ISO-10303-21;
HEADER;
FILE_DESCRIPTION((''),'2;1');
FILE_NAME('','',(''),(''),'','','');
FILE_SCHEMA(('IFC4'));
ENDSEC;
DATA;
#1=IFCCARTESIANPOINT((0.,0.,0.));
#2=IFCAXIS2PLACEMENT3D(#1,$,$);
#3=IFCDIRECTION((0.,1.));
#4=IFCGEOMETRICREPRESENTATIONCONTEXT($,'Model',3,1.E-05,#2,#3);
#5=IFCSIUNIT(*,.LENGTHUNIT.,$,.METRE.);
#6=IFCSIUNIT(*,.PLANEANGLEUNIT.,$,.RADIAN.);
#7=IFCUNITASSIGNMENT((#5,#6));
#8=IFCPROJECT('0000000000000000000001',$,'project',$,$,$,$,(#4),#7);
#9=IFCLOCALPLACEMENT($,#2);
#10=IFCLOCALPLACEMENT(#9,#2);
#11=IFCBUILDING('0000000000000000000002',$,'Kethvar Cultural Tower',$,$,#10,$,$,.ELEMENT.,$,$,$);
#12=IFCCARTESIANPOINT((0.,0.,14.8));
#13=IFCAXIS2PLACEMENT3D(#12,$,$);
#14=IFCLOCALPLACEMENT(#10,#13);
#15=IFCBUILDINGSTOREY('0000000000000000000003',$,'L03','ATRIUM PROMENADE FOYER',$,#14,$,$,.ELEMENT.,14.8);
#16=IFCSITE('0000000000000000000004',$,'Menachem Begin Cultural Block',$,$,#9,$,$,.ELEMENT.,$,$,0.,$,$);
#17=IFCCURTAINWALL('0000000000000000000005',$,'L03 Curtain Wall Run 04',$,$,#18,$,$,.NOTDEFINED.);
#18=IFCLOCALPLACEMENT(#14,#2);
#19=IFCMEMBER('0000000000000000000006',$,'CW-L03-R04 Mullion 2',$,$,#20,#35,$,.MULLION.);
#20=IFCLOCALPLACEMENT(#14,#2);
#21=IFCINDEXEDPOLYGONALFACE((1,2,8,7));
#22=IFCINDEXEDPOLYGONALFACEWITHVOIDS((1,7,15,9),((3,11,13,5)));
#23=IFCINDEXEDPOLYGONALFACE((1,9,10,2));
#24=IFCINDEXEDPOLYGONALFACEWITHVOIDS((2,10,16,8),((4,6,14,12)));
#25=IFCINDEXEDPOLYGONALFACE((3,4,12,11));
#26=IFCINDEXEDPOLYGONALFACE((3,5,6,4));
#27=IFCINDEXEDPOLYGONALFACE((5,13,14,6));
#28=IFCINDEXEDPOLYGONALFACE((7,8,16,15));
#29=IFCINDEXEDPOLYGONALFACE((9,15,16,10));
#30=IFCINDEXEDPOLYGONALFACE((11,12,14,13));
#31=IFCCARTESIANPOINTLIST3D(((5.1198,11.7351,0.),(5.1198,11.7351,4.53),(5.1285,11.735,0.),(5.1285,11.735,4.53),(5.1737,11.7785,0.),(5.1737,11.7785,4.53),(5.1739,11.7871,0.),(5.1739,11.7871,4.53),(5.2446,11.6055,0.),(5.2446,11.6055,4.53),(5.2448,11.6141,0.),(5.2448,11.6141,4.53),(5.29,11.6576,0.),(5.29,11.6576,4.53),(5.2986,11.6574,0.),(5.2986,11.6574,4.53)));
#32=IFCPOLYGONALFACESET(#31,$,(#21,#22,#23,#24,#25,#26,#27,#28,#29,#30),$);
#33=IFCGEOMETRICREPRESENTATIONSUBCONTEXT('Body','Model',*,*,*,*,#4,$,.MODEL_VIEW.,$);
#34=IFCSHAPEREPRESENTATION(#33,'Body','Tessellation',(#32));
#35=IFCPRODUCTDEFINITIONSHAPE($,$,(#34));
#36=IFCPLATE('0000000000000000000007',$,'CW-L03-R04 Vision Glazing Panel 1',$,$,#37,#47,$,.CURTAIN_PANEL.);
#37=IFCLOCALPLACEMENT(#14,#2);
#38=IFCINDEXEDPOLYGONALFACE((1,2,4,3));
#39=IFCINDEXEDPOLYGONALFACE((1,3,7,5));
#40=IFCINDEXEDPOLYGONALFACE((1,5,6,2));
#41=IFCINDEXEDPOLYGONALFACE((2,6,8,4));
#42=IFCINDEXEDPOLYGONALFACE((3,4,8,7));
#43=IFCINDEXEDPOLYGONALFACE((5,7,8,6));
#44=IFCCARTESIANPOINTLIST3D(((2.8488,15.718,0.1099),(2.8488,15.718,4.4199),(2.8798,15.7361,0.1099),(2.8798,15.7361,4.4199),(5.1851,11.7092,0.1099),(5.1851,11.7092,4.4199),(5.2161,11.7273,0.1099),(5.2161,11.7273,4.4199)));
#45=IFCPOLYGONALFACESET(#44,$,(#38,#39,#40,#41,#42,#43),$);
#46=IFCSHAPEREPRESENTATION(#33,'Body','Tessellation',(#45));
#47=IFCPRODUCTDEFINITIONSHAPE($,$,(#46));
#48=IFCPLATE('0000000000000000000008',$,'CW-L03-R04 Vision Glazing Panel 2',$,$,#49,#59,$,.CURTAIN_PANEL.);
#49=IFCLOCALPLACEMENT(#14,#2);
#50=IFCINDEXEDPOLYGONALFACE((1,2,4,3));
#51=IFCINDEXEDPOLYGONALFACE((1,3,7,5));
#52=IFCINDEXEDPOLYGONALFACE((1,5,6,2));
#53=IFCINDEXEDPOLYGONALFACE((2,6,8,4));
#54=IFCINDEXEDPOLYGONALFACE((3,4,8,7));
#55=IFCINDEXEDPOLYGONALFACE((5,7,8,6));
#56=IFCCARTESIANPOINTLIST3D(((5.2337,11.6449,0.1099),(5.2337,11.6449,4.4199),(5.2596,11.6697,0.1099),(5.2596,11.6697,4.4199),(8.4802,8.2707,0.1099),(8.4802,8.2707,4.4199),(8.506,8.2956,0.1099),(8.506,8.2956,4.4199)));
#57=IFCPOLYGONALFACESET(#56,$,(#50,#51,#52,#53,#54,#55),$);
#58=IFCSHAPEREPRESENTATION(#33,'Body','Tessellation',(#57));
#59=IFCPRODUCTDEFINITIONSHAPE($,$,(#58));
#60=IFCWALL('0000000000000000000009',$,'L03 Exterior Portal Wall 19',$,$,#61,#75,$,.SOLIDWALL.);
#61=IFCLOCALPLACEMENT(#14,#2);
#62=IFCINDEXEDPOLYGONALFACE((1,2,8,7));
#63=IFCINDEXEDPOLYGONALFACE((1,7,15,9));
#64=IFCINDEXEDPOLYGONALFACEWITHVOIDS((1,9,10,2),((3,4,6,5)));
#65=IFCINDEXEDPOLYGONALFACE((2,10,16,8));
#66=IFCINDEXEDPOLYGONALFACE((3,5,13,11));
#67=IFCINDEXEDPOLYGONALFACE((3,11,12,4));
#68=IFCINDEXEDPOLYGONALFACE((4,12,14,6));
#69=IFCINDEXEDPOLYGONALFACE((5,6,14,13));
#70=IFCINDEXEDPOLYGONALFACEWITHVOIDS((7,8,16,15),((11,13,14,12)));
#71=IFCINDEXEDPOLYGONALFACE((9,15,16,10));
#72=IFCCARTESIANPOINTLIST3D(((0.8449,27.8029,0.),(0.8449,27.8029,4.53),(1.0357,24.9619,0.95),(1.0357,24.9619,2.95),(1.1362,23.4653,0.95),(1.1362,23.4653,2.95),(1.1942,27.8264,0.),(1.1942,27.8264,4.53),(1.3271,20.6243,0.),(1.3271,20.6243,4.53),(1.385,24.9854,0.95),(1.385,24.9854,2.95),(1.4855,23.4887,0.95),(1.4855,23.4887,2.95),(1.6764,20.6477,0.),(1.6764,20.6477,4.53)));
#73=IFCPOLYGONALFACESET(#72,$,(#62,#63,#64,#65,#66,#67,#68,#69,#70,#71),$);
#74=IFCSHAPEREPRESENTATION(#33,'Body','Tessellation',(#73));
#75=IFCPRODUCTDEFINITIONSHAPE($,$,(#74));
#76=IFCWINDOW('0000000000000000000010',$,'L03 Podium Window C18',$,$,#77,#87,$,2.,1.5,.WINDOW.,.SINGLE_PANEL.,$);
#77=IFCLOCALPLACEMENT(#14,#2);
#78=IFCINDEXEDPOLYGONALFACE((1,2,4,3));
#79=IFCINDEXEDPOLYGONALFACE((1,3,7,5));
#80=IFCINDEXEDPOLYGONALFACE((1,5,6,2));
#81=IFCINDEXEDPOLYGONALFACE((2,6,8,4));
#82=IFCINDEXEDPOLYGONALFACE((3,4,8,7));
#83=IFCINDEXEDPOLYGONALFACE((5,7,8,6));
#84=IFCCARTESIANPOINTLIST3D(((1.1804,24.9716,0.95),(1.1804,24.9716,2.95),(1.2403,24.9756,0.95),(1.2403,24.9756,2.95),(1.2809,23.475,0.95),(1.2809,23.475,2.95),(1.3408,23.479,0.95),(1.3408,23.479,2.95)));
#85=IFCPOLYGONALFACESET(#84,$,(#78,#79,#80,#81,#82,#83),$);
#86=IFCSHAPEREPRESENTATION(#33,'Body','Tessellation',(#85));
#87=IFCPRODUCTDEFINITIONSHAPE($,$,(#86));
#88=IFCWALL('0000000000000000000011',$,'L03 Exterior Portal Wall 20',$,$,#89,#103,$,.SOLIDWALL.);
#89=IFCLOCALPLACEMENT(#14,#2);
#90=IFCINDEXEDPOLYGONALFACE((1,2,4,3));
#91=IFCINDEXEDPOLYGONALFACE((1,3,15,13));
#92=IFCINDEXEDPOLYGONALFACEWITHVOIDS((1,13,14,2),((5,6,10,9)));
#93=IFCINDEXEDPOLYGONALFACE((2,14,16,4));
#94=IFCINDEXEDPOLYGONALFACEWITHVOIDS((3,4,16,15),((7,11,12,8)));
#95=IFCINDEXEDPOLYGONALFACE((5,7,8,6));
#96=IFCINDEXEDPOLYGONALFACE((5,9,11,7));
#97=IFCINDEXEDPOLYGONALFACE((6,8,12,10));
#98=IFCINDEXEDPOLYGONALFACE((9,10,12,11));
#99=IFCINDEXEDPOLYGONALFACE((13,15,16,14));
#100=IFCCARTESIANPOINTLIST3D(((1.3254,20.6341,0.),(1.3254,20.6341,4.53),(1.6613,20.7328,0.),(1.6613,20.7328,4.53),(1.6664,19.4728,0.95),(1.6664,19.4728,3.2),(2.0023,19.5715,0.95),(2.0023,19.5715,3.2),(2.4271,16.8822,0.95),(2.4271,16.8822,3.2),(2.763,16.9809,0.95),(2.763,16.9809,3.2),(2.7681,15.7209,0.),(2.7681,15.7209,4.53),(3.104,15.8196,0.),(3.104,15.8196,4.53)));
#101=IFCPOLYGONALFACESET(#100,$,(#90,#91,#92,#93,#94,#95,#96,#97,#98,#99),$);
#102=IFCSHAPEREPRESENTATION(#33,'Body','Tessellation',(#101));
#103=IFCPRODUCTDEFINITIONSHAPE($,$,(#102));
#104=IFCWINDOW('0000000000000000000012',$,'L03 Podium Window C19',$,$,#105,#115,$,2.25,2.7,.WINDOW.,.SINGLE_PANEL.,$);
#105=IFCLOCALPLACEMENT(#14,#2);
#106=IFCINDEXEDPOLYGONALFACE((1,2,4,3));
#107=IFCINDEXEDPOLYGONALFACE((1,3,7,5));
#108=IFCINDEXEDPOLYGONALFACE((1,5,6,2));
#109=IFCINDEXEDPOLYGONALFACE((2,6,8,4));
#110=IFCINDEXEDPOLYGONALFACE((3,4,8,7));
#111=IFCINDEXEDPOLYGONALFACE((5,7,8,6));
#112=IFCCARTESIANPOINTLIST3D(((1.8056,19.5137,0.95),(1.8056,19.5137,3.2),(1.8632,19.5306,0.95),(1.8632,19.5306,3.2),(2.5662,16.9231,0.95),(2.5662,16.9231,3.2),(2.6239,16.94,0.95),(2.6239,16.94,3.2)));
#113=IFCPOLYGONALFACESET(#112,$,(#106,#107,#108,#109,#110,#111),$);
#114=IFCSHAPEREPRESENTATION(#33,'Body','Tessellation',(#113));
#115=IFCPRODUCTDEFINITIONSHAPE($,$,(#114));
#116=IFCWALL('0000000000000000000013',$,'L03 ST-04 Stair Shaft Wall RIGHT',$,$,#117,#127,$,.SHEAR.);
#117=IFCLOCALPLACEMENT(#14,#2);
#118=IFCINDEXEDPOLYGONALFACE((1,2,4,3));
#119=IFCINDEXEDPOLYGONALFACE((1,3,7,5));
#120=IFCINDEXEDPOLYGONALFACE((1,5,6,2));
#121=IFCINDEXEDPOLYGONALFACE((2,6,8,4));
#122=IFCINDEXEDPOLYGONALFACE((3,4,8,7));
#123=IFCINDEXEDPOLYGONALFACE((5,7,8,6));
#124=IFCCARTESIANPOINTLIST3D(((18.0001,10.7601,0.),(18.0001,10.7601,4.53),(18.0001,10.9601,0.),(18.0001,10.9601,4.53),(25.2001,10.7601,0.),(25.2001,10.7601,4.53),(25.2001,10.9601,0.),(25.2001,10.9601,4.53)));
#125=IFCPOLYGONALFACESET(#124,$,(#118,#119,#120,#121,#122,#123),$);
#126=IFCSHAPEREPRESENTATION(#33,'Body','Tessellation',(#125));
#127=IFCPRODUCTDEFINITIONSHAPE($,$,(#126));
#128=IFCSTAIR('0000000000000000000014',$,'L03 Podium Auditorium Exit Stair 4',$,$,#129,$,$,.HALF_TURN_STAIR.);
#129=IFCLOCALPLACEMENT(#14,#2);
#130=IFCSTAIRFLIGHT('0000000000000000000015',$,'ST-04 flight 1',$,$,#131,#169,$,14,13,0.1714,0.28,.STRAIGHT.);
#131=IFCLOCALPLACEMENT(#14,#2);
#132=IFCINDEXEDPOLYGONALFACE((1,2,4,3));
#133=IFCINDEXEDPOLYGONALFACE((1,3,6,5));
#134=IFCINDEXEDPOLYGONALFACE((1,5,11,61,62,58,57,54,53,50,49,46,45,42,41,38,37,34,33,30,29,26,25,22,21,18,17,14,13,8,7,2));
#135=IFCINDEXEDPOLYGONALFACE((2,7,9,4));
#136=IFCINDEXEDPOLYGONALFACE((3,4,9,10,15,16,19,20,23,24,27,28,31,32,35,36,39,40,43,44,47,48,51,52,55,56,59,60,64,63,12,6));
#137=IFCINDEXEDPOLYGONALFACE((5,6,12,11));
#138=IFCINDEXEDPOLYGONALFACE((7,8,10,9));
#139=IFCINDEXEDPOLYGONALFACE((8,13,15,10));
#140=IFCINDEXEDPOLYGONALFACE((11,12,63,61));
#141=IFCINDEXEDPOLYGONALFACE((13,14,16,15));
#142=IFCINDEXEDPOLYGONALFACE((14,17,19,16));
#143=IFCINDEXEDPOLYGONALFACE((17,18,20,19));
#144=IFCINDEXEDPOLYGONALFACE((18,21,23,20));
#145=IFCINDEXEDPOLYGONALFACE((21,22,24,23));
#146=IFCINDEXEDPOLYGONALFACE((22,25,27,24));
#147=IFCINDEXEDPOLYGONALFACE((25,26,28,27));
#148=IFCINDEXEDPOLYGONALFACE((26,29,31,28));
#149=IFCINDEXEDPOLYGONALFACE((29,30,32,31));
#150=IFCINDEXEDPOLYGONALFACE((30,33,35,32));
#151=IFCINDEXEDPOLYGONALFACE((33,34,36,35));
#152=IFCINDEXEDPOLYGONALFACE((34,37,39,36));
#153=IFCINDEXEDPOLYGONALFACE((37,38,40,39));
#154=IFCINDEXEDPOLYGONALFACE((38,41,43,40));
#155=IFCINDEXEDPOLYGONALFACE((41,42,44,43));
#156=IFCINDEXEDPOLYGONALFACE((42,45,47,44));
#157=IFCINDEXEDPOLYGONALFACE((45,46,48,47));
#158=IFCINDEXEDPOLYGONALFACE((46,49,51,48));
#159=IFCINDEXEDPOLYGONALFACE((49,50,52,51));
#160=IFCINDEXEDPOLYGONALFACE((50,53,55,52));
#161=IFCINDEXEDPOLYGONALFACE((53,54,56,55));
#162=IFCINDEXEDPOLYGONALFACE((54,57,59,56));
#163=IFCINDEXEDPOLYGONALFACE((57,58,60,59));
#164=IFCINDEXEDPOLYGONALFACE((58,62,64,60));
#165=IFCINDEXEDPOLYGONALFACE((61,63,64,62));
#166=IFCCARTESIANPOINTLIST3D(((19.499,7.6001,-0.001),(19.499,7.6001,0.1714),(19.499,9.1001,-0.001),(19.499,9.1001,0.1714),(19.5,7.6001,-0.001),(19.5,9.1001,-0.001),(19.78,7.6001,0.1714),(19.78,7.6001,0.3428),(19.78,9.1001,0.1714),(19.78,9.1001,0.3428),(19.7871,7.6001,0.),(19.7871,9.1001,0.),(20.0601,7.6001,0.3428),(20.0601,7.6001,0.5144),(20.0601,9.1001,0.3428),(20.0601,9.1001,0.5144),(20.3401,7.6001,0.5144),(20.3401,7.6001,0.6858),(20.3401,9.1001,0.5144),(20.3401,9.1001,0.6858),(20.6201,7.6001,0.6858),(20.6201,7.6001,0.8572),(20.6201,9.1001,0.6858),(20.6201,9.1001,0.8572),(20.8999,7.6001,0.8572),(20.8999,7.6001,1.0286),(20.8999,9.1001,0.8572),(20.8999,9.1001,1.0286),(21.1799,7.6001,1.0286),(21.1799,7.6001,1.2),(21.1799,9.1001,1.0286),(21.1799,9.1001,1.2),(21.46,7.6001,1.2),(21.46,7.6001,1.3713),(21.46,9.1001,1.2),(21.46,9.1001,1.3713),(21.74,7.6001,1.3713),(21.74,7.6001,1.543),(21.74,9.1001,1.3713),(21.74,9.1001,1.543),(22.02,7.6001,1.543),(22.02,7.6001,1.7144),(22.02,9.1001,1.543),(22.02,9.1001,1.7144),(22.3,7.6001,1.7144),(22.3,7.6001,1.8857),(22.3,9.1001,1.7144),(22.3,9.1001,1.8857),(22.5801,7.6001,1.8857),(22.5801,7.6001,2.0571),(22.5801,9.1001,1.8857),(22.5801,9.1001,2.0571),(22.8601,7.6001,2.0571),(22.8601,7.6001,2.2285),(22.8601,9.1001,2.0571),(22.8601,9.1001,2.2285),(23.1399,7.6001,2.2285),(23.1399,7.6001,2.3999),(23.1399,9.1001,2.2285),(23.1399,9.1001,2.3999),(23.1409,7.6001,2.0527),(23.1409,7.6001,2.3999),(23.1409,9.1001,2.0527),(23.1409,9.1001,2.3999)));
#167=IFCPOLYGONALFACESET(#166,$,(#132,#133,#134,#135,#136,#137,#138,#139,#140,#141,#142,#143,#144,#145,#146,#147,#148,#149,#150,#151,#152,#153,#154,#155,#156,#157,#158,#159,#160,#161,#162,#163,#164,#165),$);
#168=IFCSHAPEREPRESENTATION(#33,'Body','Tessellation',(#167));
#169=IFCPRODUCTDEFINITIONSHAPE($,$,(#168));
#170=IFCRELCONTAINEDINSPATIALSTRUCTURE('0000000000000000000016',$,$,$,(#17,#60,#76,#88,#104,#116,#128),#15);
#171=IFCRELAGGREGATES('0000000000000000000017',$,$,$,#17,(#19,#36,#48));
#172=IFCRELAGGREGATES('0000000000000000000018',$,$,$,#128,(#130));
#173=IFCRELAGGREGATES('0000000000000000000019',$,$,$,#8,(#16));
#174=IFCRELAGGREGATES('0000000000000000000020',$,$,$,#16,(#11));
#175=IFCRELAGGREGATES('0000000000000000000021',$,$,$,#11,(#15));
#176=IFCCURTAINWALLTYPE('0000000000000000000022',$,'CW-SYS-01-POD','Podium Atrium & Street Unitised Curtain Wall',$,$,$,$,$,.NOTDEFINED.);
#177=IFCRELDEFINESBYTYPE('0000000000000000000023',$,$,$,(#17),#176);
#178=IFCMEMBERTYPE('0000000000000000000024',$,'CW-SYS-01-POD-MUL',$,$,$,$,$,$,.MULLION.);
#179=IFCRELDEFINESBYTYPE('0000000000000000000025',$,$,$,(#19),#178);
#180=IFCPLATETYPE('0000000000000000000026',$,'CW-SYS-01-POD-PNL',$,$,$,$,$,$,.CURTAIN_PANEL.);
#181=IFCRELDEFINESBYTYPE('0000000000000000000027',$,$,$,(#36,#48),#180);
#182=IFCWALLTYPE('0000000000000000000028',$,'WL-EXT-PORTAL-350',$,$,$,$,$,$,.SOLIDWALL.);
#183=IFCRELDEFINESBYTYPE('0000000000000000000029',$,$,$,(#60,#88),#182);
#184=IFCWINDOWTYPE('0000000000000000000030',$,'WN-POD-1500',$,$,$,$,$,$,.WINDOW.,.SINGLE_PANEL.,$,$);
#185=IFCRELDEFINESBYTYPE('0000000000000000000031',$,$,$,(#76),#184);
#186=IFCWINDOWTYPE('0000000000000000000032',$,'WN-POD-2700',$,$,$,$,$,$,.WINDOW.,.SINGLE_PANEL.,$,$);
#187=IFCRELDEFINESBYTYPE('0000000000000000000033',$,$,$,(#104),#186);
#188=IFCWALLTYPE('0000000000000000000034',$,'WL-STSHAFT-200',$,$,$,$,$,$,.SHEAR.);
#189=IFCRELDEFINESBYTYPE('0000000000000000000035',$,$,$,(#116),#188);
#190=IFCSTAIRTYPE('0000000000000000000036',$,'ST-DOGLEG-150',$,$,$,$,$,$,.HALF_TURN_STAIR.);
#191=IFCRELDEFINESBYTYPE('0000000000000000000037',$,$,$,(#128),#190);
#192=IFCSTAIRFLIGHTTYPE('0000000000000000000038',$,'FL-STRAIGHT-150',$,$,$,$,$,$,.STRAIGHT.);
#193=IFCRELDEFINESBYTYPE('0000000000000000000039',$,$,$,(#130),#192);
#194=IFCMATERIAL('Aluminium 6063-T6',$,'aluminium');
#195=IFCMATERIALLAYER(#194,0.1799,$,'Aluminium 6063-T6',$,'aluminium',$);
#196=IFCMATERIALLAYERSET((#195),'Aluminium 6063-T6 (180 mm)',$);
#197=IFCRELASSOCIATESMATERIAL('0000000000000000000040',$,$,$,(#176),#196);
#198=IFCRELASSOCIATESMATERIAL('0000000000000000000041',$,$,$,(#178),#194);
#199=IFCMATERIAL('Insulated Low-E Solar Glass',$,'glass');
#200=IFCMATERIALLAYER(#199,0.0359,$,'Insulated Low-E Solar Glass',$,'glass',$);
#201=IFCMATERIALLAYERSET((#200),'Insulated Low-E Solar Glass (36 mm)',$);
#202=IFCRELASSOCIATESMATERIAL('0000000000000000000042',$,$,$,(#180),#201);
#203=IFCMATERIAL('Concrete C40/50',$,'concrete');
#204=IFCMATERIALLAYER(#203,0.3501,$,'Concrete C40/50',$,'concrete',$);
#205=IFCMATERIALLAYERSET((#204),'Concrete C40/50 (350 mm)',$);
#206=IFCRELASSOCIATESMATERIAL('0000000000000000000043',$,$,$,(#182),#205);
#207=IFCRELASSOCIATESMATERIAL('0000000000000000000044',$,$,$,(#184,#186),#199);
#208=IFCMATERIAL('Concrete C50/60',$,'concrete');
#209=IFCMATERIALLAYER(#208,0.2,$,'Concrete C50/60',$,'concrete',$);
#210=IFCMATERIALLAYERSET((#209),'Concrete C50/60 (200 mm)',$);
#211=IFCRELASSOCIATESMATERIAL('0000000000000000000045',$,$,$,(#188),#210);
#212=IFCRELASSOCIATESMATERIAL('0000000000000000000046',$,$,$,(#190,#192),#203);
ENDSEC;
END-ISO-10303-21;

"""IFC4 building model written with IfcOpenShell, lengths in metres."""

from ifc_helpers import new_model, si_unit, direction, frame, frame_2d, origin, origin_2d, place, context, subcontext, project, spatial, polyline, rectangle, hollow_rectangle, outline, extrude, source, transform, mapped, material, layer, layer_set, material_profile, profile_set, type_object, element, fill, aggregate, save


model = new_model("IFC4")

# Units and contexts
model_context = context("Model", 3, precision=1e-05, world=origin(), true_north=direction((0.0, 1.0)))
body_context = subcontext(model_context, "Body", "Model", "MODEL_VIEW")
ifc_project = project(units=[si_unit("LENGTHUNIT", "METRE"), si_unit("PLANEANGLEUNIT", "RADIAN")], contexts=[model_context])

# Site, building, storey
site_placement = place(None, origin())
site = spatial("IfcSite", under=ifc_project, at=site_placement, Name="Menachem Begin Cultural Block", CompositionType="ELEMENT", RefElevation=0.0)
building_placement = place(site_placement, origin())
building = spatial("IfcBuilding", under=site, at=building_placement, Name="Kethvar Cultural Tower", CompositionType="ELEMENT")
storey_placement = place(building_placement, frame((0.0, 0.0, 14.8)))
storey = spatial("IfcBuildingStorey", under=building, at=storey_placement, Name="L03", Description="ATRIUM PROMENADE FOYER", CompositionType="ELEMENT", Elevation=14.8)

# Curtain wall, member, plates
ifc_material_1 = material(Name="Aluminium 6063-T6", Category="aluminium")
ifc_layer_1 = layer(ifc_material_1, 0.1799, Name="Aluminium 6063-T6", Category="aluminium")
ifc_layer_set_1 = layer_set([ifc_layer_1], Name="Aluminium 6063-T6 (180 mm)")
curtain_wall_type = type_object("IfcCurtainWallType", Name="CW-SYS-01-POD", Description="Podium Atrium & Street Unitised Curtain Wall", PredefinedType="NOTDEFINED", material=ifc_layer_set_1)
curtain_wall_placement = place(storey_placement, origin())
curtain_wall = element("IfcCurtainWall", 1, at=curtain_wall_placement, inside=storey, type_object=curtain_wall_type, Name="L03 Curtain Wall Run 04", PredefinedType="NOTDEFINED")
ifc_material_profile_1 = material_profile(ifc_material_1, hollow_rectangle(XDim=0.075, YDim=0.1799, WallThickness=0.0061, at=origin_2d()), Name="Aluminium 6063-T6 — RHS180x75x6")
ifc_profile_set_1 = profile_set([ifc_material_profile_1], Name="Aluminium 6063-T6 — RHS180x75x6")
member_type_1 = type_object("IfcMemberType", Name="CW-SYS-01-POD-MUL", PredefinedType="MULLION", material=ifc_profile_set_1)
shared_shape_1 = source(origin(), body_context, "Body", "SweptSolid", [
    extrude(hollow_rectangle(XDim=0.075, YDim=0.1799, WallThickness=0.0061, at=origin_2d()), origin(), (0.0, 0.0, 1.0), 4.53),
])
member_1_placement = place(storey_placement, frame((5.2092, 11.6963, 0.0), z_axis=(0.0, 0.0, 1.0), x_axis=(0.720612, 0.693339, 0.0)))
member_1 = element("IfcMember", 2, at=member_1_placement, type_object=member_type_1, Name="CW-L03-R04 Mullion 2", PredefinedType="MULLION", context=body_context, shape_type="MappedRepresentation", body=[
    mapped(shared_shape_1, transform((0.0, 0.0, 0.0), scale=1.0)),
])
ifc_material_2 = material(Name="Insulated Low-E Solar Glass", Category="glass")
ifc_layer_2 = layer(ifc_material_2, 0.0359, Name="Insulated Low-E Solar Glass", Category="glass")
ifc_layer_set_2 = layer_set([ifc_layer_2], Name="Insulated Low-E Solar Glass (36 mm)")
plate_type = type_object("IfcPlateType", Name="CW-SYS-01-POD-PNL", PredefinedType="CURTAIN_PANEL", material=ifc_layer_set_2)
shared_shape_2 = source(origin(), body_context, "Body", "SweptSolid", [
    extrude(rectangle(XDim=4.6399, YDim=0.0359, at=origin_2d()), origin(), (0.0, 0.0, 1.0), 4.3101),
])
plate_1_placement = place(storey_placement, frame((4.0325, 13.7227, 0.1099), z_axis=(0.0, 0.0, 1.0), x_axis=(0.503518, -0.863985, 0.0)))
plate_1 = element("IfcPlate", 3, at=plate_1_placement, type_object=plate_type, Name="CW-L03-R04 Vision Glazing Panel 1", PredefinedType="CURTAIN_PANEL", context=body_context, shape_type="MappedRepresentation", body=[
    mapped(shared_shape_2, transform((0.0, 0.0, 0.0), scale=1.0)),
])
shared_shape_3 = source(origin(), body_context, "Body", "SweptSolid", [
    extrude(rectangle(XDim=4.6824, YDim=0.0359, at=origin_2d()), origin(), (0.0, 0.0, 1.0), 4.3101),
])
plate_2_placement = place(storey_placement, frame((6.8699, 9.9702, 0.1099), z_axis=(0.0, 0.0, 1.0), x_axis=(0.693339, -0.720612, 0.0)))
plate_2 = element("IfcPlate", 4, at=plate_2_placement, type_object=plate_type, Name="CW-L03-R04 Vision Glazing Panel 2", PredefinedType="CURTAIN_PANEL", context=body_context, shape_type="MappedRepresentation", body=[
    mapped(shared_shape_3, transform((0.0, 0.0, 0.0), scale=1.0)),
])
aggregate(curtain_wall, [member_1, plate_1, plate_2])

# Walls, openings, windows
ifc_material_3 = material(Name="Concrete C40/50", Category="concrete")
ifc_layer_3 = layer(ifc_material_3, 0.3501, Name="Concrete C40/50", Category="concrete")
ifc_layer_set_3 = layer_set([ifc_layer_3], Name="Concrete C40/50 (350 mm)")
wall_type_1 = type_object("IfcWallType", Name="WL-EXT-PORTAL-350", PredefinedType="SOLIDWALL", material=ifc_layer_set_3)
wall_1_placement = place(storey_placement, frame((1.5017, 20.636, 0.0), z_axis=(0.0, 0.0, 1.0), x_axis=(-0.067017, 0.997752, 0.0)))
wall_1 = element("IfcWall", 5, at=wall_1_placement, inside=storey, type_object=wall_type_1, Name="L03 Exterior Portal Wall 19", PredefinedType="SOLIDWALL", context=body_context, shape_type="SweptSolid", body=[
    extrude(rectangle(XDim=7.1948, YDim=0.3501, at=frame_2d((3.5974, 0.0))), origin(), (0.0, 0.0, 1.0), 4.53),
])
opening_1_placement = place(wall_1_placement, frame((2.8474, 0.0, 0.95)))
opening_1 = element("IfcOpeningElement", 6, at=opening_1_placement, cuts=wall_1, PredefinedType="OPENING", context=body_context, shape_type="SweptSolid", body=[
    extrude(rectangle(XDim=1.5, YDim=2.0, at=frame_2d((0.75, 1.0))), frame((0.0, 0.1851, 0.0), z_axis=(0.0, -1.0, 0.0), x_axis=(1.0, 0.0, 0.0)), (0.0, 0.0, 1.0), 0.3701),
])
window_type_1 = type_object("IfcWindowType", Name="WN-POD-1500", PartitioningType="SINGLE_PANEL", PredefinedType="WINDOW", material=ifc_material_2)
shared_shape_4 = source(origin(), body_context, "Body", "SweptSolid", [
    extrude(rectangle(XDim=1.5, YDim=2.0, at=frame_2d((0.75, 1.0))), frame((0.0, 0.03, 0.0), z_axis=(0.0, -1.0, 0.0), x_axis=(1.0, 0.0, 0.0)), (0.0, 0.0, 1.0), 0.0601),
])
window_1_placement = place(opening_1_placement, origin())
window_1 = element("IfcWindow", 7, at=window_1_placement, inside=storey, type_object=window_type_1, Name="L03 Podium Window C18", OverallHeight=2.0, OverallWidth=1.5, PartitioningType="SINGLE_PANEL", PredefinedType="WINDOW", context=body_context, shape_type="MappedRepresentation", body=[
    mapped(shared_shape_4, transform((0.0, 0.0, 0.0), scale=1.0)),
])
fill(opening_1, window_1)
wall_2_placement = place(storey_placement, frame((2.936, 15.7703, 0.0), z_axis=(0.0, 0.0, 1.0), x_axis=(-0.281735, 0.959492, 0.0)))
wall_2 = element("IfcWall", 8, at=wall_2_placement, inside=storey, type_object=wall_type_1, Name="L03 Exterior Portal Wall 20", PredefinedType="SOLIDWALL", context=body_context, shape_type="SweptSolid", body=[
    extrude(rectangle(XDim=5.1206, YDim=0.3501, at=frame_2d((2.5603, 0.0))), origin(), (0.0, 0.0, 1.0), 4.53),
])
opening_2_placement = place(wall_2_placement, frame((1.2102, 0.0, 0.95)))
opening_2 = element("IfcOpeningElement", 9, at=opening_2_placement, cuts=wall_2, PredefinedType="OPENING", context=body_context, shape_type="SweptSolid", body=[
    extrude(rectangle(XDim=2.7, YDim=2.25, at=frame_2d((1.3501, 1.125))), frame((0.0, 0.1851, 0.0), z_axis=(0.0, -1.0, 0.0), x_axis=(1.0, 0.0, 0.0)), (0.0, 0.0, 1.0), 0.3701),
])
window_type_2 = type_object("IfcWindowType", Name="WN-POD-2700", PartitioningType="SINGLE_PANEL", PredefinedType="WINDOW", material=ifc_material_2)
shared_shape_5 = source(origin(), body_context, "Body", "SweptSolid", [
    extrude(rectangle(XDim=2.7, YDim=2.25, at=frame_2d((1.3501, 1.125))), frame((0.0, 0.03, 0.0), z_axis=(0.0, -1.0, 0.0), x_axis=(1.0, 0.0, 0.0)), (0.0, 0.0, 1.0), 0.0601),
])
window_2_placement = place(opening_2_placement, origin())
window_2 = element("IfcWindow", 10, at=window_2_placement, inside=storey, type_object=window_type_2, Name="L03 Podium Window C19", OverallHeight=2.25, OverallWidth=2.7, PartitioningType="SINGLE_PANEL", PredefinedType="WINDOW", context=body_context, shape_type="MappedRepresentation", body=[
    mapped(shared_shape_5, transform((0.0, 0.0, 0.0), scale=1.0)),
])
fill(opening_2, window_2)

# Wall
ifc_material_4 = material(Name="Concrete C50/60", Category="concrete")
ifc_layer_4 = layer(ifc_material_4, 0.2, Name="Concrete C50/60", Category="concrete")
ifc_layer_set_4 = layer_set([ifc_layer_4], Name="Concrete C50/60 (200 mm)")
wall_type_2 = type_object("IfcWallType", Name="WL-STSHAFT-200", PredefinedType="SHEAR", material=ifc_layer_set_4)
wall_3_placement = place(storey_placement, frame((18.0, 10.8601, 0.0), z_axis=(0.0, 0.0, 1.0), x_axis=(1.0, 0.0, 0.0)))
element("IfcWall", 11, at=wall_3_placement, inside=storey, type_object=wall_type_2, Name="L03 ST-04 Stair Shaft Wall RIGHT", PredefinedType="SHEAR", context=body_context, shape_type="SweptSolid", body=[
    extrude(rectangle(XDim=7.2, YDim=0.2, at=frame_2d((3.6001, 0.0))), origin(), (0.0, 0.0, 1.0), 4.53),
])

# Stair, stair flight
stair_type = type_object("IfcStairType", Name="ST-DOGLEG-150", PredefinedType="HALF_TURN_STAIR", material=ifc_material_3)
stair_placement = place(storey_placement, origin())
stair = element("IfcStair", 12, at=stair_placement, inside=storey, type_object=stair_type, Name="L03 Podium Auditorium Exit Stair 4", PredefinedType="HALF_TURN_STAIR")
stair_flight_type = type_object("IfcStairFlightType", Name="FL-STRAIGHT-150", PredefinedType="STRAIGHT", material=ifc_material_3)
stair_flight_placement = place(storey_placement, frame((19.5, 8.3501, 0.0), z_axis=(0.0, 0.0, 1.0), x_axis=(1.0, 0.0, 0.0)))
stair_flight = element("IfcStairFlight", 13, at=stair_flight_placement, type_object=stair_flight_type, Name="ST-04 flight 1", NumberOfRisers=14, NumberOfTreads=13, PredefinedType="STRAIGHT", RiserHeight=0.1714, TreadLength=0.28, context=body_context, shape_type="SweptSolid", body=[
    extrude(outline(polyline([(-0.001, -0.001), (-0.001, 0.1714), (0.28, 0.1714), (0.28, 0.3428), (0.5601, 0.3428), (0.5601, 0.5144), (0.8401, 0.5144), (0.8401, 0.6858), (1.1201, 0.6858), (1.1201, 0.8572), (1.3999, 0.8572), (1.3999, 1.0286), (1.6799, 1.0286), (1.6799, 1.2), (1.96, 1.2), (1.96, 1.3713), (2.24, 1.3713), (2.24, 1.543), (2.52, 1.543), (2.52, 1.7144), (2.8, 1.7144), (2.8, 1.8857), (3.0801, 1.8857), (3.0801, 2.0571), (3.3601, 2.0571), (3.3601, 2.2285), (3.6399, 2.2285), (3.6399, 2.3999), (3.6409, 2.3999), (3.6409, 2.0527), (0.2871, 0.0), (0.0, -0.001), (-0.001, -0.001)])), frame((0.0, 0.75, 0.0), z_axis=(0.0, -1.0, 0.0), x_axis=(1.0, 0.0, 0.0)), (0.0, 0.0, 1.0), 1.5),
])
aggregate(stair, [stair_flight])

save(model, "model.ifc")
